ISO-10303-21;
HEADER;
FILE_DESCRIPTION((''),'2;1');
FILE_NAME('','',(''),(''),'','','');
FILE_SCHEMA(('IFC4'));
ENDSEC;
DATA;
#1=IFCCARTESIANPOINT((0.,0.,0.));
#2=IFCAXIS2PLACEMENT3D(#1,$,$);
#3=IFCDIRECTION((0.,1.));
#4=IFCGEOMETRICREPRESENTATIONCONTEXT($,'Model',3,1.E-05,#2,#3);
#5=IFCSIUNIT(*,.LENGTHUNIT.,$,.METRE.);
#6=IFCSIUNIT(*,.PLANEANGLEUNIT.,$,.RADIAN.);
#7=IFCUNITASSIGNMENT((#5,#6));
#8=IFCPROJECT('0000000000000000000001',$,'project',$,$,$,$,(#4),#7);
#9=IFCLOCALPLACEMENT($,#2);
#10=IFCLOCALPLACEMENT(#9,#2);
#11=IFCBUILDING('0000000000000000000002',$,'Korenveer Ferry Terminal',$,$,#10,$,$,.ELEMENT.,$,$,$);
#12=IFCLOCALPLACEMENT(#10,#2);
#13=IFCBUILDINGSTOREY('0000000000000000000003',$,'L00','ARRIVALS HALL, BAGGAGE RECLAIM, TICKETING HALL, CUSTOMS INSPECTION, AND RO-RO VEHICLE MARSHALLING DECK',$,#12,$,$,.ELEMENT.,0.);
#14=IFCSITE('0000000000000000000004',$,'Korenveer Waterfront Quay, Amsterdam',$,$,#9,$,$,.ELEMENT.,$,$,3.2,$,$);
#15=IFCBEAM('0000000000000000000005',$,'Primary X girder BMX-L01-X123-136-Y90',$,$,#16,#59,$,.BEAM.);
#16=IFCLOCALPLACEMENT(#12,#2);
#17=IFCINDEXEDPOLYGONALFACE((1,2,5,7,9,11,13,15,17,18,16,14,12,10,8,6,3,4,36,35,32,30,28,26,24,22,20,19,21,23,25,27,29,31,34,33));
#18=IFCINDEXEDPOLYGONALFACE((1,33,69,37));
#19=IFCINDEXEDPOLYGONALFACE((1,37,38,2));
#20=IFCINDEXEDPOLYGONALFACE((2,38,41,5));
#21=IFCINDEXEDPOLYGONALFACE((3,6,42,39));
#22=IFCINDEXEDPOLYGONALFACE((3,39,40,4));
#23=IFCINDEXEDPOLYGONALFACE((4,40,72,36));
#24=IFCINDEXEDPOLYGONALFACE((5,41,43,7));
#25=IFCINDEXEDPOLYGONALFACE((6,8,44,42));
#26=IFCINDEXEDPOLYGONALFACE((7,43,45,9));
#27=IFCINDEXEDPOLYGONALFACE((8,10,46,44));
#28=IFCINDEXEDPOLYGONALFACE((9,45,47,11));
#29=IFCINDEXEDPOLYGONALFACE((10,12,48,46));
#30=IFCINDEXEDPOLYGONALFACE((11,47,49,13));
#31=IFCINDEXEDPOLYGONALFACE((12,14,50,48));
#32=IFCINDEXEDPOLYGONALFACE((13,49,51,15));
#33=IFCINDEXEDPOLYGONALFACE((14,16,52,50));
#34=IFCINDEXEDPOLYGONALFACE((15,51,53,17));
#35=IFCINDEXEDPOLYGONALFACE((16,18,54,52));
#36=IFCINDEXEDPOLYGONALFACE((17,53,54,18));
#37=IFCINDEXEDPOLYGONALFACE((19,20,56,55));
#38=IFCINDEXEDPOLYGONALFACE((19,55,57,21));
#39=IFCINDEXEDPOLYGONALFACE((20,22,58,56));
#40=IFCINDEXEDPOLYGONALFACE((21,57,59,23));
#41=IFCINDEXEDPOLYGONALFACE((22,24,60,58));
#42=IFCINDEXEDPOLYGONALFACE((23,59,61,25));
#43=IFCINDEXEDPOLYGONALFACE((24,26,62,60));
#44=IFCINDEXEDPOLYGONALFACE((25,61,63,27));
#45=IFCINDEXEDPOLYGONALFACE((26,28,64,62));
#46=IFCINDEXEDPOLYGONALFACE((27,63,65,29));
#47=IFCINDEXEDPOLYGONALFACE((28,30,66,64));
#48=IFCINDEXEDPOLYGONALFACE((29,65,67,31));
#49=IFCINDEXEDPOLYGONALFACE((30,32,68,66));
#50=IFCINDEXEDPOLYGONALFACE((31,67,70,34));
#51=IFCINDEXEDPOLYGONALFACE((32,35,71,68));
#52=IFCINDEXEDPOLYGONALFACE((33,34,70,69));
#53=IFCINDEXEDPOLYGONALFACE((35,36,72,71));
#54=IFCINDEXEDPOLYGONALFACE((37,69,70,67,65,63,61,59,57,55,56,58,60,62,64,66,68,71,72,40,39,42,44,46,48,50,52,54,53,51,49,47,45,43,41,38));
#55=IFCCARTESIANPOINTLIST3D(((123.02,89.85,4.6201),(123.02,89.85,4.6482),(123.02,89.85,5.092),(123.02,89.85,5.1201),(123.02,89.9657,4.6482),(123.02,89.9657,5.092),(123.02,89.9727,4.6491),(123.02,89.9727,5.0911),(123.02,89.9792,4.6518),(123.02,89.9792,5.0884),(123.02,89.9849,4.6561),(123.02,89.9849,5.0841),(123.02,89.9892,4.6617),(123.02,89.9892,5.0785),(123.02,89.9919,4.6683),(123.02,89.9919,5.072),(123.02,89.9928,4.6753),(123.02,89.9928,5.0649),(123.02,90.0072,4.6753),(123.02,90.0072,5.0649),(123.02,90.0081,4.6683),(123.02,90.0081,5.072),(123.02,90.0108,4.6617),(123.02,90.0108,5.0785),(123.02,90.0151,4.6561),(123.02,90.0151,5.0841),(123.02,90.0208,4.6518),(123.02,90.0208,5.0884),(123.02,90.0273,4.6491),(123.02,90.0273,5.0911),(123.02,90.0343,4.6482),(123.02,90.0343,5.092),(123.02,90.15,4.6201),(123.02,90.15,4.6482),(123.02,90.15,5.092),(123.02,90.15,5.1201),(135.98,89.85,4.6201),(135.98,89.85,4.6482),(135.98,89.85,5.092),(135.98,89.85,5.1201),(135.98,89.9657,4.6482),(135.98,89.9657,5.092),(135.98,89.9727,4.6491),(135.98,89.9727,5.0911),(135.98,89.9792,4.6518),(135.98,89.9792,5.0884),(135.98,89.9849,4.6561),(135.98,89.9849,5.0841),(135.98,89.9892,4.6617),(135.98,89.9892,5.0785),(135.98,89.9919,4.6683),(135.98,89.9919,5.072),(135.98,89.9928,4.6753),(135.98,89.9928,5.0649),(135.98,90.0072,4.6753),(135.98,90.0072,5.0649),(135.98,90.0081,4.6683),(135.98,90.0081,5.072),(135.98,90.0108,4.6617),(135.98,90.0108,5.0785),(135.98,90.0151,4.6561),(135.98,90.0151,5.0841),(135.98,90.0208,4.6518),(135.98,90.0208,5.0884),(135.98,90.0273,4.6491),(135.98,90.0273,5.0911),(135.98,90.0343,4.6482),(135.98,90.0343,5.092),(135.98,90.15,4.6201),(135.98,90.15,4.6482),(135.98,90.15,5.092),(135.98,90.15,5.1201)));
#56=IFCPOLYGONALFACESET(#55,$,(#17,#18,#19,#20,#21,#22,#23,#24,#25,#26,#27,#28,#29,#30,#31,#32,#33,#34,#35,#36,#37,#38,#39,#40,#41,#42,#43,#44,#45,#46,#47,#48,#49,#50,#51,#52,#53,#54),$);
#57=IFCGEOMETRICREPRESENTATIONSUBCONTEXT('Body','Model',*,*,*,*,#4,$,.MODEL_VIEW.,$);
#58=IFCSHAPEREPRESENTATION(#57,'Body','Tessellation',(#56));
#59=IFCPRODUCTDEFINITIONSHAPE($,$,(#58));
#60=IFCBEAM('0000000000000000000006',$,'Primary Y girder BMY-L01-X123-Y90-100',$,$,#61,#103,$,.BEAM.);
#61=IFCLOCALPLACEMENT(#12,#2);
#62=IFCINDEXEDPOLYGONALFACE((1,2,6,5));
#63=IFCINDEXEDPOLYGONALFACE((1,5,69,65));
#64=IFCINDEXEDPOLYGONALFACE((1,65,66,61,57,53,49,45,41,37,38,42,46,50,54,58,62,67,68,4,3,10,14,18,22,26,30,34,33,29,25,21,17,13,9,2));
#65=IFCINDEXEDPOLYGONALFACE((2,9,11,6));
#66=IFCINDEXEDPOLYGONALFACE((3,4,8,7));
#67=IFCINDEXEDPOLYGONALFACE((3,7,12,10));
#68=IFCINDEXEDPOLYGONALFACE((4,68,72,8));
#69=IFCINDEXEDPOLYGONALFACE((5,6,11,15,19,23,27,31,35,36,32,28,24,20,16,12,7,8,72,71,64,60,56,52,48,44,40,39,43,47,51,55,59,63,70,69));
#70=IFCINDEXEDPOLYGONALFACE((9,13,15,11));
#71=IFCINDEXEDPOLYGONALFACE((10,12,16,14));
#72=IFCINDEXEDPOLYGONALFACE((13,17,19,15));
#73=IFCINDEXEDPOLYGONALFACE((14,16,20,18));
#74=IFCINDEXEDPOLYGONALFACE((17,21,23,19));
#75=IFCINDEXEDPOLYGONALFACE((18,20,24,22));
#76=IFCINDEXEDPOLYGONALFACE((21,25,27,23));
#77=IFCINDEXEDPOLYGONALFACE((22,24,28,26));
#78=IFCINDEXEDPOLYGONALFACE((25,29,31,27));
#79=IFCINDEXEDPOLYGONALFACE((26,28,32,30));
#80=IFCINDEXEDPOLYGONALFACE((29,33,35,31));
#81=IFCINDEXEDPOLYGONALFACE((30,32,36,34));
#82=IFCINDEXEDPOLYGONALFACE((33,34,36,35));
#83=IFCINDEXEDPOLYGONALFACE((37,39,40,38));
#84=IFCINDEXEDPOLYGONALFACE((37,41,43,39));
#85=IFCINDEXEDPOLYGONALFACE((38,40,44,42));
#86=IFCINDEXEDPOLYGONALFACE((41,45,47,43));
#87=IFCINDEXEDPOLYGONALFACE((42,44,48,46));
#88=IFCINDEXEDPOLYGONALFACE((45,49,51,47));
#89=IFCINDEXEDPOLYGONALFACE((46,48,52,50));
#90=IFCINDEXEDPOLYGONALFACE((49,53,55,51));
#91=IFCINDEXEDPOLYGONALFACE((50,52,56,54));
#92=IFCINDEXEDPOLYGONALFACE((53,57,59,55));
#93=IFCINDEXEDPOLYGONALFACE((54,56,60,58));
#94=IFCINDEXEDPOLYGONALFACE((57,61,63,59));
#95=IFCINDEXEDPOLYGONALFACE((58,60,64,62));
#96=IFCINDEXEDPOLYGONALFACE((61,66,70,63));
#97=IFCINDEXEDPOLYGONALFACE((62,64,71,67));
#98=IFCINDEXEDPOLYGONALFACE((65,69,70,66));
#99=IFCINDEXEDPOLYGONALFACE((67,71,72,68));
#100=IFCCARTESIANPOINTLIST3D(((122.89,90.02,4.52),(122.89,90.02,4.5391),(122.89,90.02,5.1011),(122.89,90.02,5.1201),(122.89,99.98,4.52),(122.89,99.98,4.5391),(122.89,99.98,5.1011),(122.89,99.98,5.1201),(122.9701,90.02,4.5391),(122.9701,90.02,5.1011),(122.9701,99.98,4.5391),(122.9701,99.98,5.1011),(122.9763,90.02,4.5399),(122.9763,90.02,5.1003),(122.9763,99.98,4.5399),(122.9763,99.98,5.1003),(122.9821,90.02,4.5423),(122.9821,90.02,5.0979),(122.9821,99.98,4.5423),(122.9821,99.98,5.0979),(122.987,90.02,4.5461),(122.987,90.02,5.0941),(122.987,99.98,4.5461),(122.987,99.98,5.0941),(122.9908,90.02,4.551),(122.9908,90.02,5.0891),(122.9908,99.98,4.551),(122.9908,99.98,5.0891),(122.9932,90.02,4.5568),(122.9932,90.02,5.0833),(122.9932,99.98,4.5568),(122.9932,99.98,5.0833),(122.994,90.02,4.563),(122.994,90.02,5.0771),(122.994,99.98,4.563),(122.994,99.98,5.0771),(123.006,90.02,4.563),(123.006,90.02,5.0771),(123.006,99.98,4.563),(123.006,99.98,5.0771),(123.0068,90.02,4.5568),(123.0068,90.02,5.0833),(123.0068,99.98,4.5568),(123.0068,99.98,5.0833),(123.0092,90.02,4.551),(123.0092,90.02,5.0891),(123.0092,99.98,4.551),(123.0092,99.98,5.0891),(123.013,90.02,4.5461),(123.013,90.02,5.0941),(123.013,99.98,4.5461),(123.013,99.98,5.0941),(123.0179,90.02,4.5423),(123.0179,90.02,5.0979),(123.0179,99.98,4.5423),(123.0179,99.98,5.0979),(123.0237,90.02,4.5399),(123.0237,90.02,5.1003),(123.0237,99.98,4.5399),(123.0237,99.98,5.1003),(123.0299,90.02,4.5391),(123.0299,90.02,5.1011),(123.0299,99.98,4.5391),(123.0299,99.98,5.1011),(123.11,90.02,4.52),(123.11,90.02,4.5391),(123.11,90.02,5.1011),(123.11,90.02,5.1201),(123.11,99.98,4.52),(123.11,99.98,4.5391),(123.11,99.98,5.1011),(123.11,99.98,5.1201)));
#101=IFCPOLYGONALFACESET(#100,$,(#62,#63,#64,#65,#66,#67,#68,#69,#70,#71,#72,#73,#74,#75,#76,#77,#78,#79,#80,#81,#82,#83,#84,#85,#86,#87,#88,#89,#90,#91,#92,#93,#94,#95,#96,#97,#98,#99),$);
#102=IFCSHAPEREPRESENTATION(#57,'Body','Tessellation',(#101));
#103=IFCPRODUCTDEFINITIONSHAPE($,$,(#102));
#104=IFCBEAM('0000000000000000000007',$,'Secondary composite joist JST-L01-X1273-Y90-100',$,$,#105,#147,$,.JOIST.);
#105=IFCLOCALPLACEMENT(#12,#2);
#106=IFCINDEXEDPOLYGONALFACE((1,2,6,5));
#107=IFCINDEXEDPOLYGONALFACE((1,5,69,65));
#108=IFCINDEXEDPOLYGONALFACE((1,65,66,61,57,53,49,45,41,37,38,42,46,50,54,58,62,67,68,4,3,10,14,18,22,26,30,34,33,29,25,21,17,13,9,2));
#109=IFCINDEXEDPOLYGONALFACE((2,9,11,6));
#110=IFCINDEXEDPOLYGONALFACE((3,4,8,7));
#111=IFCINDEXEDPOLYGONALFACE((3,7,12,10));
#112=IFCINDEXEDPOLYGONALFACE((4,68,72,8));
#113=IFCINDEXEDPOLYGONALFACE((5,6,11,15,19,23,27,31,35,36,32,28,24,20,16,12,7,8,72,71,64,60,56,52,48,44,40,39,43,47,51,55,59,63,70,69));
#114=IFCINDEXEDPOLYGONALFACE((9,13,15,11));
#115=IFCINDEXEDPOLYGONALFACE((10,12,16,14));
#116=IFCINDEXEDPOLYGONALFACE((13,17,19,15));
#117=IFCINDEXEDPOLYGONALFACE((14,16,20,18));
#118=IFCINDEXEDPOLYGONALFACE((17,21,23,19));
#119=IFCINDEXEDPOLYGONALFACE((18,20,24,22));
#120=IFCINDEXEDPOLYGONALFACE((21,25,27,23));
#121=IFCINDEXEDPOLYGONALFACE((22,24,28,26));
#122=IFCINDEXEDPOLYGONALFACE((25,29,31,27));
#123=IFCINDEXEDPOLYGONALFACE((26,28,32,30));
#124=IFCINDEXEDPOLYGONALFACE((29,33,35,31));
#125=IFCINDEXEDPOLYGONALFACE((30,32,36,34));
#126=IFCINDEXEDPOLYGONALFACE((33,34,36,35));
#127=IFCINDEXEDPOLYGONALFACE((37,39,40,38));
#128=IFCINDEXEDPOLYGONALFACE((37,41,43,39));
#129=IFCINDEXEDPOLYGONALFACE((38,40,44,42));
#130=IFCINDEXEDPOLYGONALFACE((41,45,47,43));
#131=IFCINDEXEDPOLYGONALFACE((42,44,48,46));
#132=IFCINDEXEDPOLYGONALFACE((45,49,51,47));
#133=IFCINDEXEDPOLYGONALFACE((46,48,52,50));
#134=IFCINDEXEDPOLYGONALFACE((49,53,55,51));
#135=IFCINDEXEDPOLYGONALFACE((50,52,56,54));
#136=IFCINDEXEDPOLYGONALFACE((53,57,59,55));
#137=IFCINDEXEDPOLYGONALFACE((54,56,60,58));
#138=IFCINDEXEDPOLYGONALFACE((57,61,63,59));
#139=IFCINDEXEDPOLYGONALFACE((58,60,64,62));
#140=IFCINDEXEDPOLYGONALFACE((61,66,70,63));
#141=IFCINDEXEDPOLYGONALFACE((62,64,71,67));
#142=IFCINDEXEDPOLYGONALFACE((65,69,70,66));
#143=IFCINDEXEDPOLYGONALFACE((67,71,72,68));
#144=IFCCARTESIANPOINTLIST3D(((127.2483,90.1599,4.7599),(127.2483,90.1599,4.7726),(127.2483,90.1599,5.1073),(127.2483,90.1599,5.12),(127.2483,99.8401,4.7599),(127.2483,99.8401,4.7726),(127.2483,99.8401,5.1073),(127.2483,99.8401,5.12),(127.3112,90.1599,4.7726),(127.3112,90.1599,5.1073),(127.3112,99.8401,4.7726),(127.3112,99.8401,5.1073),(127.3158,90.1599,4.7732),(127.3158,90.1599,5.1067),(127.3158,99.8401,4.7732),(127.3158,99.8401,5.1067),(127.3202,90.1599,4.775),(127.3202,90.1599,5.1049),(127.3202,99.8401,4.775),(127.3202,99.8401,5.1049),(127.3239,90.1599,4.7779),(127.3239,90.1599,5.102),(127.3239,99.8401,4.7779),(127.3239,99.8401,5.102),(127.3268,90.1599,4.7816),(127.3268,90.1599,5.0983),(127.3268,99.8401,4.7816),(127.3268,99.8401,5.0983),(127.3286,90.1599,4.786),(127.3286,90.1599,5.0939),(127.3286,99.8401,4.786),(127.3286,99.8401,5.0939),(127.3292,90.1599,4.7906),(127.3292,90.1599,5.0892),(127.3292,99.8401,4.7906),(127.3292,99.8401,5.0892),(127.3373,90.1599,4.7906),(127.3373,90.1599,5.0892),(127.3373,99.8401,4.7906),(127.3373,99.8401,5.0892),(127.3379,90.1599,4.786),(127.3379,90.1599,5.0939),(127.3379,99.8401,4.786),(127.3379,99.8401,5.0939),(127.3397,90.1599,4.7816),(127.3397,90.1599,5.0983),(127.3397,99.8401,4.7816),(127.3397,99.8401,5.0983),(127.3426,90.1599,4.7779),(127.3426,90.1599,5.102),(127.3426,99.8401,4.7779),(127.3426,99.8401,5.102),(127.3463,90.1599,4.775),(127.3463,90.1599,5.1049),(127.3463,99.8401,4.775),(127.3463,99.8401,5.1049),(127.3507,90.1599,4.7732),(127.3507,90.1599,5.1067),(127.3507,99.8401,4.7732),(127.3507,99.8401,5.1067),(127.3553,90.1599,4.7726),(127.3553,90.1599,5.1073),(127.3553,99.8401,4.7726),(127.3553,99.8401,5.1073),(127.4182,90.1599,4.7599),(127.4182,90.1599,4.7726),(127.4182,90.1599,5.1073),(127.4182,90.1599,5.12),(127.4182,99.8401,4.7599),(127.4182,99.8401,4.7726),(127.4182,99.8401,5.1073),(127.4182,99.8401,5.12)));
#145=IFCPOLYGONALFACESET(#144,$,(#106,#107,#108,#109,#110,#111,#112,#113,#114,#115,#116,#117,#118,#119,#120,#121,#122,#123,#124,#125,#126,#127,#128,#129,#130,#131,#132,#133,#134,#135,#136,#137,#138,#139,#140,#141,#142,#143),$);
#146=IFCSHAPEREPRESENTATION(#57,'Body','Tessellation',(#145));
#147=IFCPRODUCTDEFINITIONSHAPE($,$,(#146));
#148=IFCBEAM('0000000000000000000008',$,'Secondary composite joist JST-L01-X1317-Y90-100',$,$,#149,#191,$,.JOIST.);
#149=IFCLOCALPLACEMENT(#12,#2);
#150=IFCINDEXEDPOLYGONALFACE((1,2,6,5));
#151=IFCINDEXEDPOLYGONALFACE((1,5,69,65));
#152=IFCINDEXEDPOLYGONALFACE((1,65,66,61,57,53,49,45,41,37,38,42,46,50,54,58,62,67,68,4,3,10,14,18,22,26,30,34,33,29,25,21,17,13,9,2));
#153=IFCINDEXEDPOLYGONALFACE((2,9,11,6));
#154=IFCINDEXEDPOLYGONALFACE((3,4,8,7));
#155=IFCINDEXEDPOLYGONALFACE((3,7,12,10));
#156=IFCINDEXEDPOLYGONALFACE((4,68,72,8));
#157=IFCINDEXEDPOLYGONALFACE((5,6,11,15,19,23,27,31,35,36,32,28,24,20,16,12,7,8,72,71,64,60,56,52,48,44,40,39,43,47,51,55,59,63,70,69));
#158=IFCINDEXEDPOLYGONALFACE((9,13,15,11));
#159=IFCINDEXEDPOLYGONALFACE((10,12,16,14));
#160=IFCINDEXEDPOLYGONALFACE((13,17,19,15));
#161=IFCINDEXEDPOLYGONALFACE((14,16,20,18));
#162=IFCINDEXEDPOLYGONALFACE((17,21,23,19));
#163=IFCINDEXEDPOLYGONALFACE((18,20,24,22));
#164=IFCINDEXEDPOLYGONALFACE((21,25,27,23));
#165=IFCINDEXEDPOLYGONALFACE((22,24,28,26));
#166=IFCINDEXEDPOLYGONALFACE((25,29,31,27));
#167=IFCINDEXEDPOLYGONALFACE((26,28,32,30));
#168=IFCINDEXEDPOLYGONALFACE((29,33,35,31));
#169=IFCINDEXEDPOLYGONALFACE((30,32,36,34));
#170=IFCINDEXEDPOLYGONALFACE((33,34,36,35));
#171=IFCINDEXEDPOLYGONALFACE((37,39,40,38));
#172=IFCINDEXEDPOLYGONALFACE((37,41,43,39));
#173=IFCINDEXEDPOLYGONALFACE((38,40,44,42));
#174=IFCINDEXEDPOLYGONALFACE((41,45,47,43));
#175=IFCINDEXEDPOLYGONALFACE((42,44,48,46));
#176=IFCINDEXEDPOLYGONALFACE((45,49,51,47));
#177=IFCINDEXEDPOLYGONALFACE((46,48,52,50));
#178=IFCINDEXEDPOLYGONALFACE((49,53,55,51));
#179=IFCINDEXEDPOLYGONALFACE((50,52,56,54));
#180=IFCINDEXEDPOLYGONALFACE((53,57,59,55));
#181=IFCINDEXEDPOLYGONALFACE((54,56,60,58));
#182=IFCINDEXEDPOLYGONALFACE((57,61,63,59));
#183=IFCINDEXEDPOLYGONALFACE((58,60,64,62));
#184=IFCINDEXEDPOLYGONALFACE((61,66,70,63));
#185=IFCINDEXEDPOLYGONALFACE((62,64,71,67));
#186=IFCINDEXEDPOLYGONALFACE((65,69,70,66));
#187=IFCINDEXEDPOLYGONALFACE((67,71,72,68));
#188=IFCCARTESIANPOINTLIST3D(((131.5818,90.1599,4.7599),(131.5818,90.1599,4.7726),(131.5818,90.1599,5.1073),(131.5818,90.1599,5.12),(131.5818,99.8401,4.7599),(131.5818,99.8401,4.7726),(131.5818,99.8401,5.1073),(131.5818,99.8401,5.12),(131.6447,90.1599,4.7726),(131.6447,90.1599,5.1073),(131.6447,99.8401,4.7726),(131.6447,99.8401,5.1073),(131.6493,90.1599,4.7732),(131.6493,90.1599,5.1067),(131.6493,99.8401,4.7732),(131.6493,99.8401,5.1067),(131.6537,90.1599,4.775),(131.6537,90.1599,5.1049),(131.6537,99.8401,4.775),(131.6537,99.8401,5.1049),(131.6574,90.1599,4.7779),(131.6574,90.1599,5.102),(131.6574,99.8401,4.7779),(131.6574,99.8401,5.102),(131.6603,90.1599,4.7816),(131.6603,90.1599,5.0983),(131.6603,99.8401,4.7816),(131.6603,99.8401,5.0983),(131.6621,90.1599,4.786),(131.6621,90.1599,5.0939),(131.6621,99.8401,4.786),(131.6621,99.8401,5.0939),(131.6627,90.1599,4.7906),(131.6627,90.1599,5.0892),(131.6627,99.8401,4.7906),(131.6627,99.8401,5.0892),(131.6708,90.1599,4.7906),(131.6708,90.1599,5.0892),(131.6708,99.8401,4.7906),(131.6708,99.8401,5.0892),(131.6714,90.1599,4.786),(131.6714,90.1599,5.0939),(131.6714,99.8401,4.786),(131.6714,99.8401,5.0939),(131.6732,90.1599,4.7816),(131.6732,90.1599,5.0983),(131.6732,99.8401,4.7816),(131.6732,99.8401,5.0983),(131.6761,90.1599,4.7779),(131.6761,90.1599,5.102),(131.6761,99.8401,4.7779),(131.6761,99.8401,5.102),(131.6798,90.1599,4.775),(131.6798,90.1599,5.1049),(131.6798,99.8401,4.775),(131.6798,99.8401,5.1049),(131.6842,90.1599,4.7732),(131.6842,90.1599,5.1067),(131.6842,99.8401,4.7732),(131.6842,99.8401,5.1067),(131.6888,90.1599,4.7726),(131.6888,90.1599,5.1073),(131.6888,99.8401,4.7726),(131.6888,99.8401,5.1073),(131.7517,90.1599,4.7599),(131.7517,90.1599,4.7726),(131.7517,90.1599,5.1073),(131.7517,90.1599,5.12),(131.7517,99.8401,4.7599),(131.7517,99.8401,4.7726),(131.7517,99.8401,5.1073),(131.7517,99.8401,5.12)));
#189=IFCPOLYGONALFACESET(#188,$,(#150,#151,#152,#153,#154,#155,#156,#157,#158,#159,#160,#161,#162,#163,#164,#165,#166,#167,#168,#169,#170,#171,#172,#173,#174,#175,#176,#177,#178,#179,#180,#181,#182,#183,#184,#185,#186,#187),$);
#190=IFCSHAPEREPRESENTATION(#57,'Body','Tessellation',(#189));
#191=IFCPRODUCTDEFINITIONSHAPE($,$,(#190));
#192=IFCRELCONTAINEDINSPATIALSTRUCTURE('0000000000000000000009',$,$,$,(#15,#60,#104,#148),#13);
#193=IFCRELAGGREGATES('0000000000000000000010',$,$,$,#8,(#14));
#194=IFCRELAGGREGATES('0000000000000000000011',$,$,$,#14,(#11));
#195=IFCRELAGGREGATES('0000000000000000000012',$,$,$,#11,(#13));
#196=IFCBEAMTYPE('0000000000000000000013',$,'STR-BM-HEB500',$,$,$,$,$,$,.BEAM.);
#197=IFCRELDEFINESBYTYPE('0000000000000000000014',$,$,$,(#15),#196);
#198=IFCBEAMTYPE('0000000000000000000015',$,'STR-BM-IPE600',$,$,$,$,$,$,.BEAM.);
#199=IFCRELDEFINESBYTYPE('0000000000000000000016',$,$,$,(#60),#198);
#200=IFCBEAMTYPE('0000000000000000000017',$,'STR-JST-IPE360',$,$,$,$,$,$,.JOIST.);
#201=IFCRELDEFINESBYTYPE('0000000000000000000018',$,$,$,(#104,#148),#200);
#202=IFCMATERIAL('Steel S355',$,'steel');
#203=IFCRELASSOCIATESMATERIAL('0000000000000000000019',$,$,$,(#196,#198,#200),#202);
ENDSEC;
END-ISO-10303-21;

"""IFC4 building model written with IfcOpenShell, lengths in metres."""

from ifc_helpers import new_model, si_unit, direction, frame, origin, origin_2d, place, context, subcontext, project, spatial, i_section, extrude, material, material_profile, profile_set, type_object, element, save


model = new_model("IFC4")

# Units and contexts
model_context = context("Model", 3, precision=1e-05, world=origin(), true_north=direction((0.0, 1.0)))
body_context = subcontext(model_context, "Body", "Model", "MODEL_VIEW")
ifc_project = project(units=[si_unit("LENGTHUNIT", "METRE"), si_unit("PLANEANGLEUNIT", "RADIAN")], contexts=[model_context])

# Site, building, storey
site_placement = place(None, origin())
site = spatial("IfcSite", under=ifc_project, at=site_placement, Name="Korenveer Waterfront Quay, Amsterdam", CompositionType="ELEMENT", RefElevation=3.2)
building_placement = place(site_placement, origin())
building = spatial("IfcBuilding", under=site, at=building_placement, Name="Korenveer Ferry Terminal", CompositionType="ELEMENT")
storey_placement = place(building_placement, origin())
storey = spatial("IfcBuildingStorey", under=building, at=storey_placement, Name="L00", Description="ARRIVALS HALL, BAGGAGE RECLAIM, TICKETING HALL, CUSTOMS INSPECTION, AND RO-RO VEHICLE MARSHALLING DECK", CompositionType="ELEMENT", Elevation=0.0)

# Shared definitions
ifc_material_1 = material(Name="Steel S355", Category="steel")

# Beams
ifc_material_profile_1 = material_profile(ifc_material_1, i_section(OverallWidth=0.3, OverallDepth=0.5, WebThickness=0.0144, FlangeThickness=0.0281, FilletRadius=0.0271, at=origin_2d()), Name="HEB 500")
ifc_profile_set_1 = profile_set([ifc_material_profile_1], Name="Steel S355")
beam_type_1 = type_object("IfcBeamType", Name="STR-BM-HEB500", PredefinedType="BEAM", material=ifc_profile_set_1)
beam_1_placement = place(storey_placement, frame((123.02, 90.0, 4.8701), z_axis=(1.0, 0.0, 0.0), x_axis=(0.0, 1.0, 0.0)))
element("IfcBeam", 1, at=beam_1_placement, inside=storey, type_object=beam_type_1, Name="Primary X girder BMX-L01-X123-136-Y90", PredefinedType="BEAM", context=body_context, shape_type="SweptSolid", body=[
    extrude(i_section(OverallWidth=0.3, OverallDepth=0.5, WebThickness=0.0144, FlangeThickness=0.0281, FilletRadius=0.0271, at=origin_2d()), origin(), (0.0, 0.0, 1.0), 12.96),
])
ifc_material_profile_2 = material_profile(ifc_material_1, i_section(OverallWidth=0.22, OverallDepth=0.6001, WebThickness=0.012, FlangeThickness=0.019, FilletRadius=0.0239, at=origin_2d()), Name="IPE 600")
ifc_profile_set_2 = profile_set([ifc_material_profile_2], Name="Steel S355")
beam_type_2 = type_object("IfcBeamType", Name="STR-BM-IPE600", PredefinedType="BEAM", material=ifc_profile_set_2)
beam_2_placement = place(storey_placement, frame((123.0, 90.02, 4.8201), z_axis=(0.0, 1.0, 0.0), x_axis=(-1.0, 0.0, 0.0)))
element("IfcBeam", 2, at=beam_2_placement, inside=storey, type_object=beam_type_2, Name="Primary Y girder BMY-L01-X123-Y90-100", PredefinedType="BEAM", context=body_context, shape_type="SweptSolid", body=[
    extrude(i_section(OverallWidth=0.22, OverallDepth=0.6001, WebThickness=0.012, FlangeThickness=0.019, FilletRadius=0.0239, at=origin_2d()), origin(), (0.0, 0.0, 1.0), 9.96),
])
ifc_material_profile_3 = material_profile(ifc_material_1, i_section(OverallWidth=0.1699, OverallDepth=0.3601, WebThickness=0.0081, FlangeThickness=0.0127, FilletRadius=0.0181, at=origin_2d()), Name="IPE 360")
ifc_profile_set_3 = profile_set([ifc_material_profile_3], Name="Steel S355")
beam_type_3 = type_object("IfcBeamType", Name="STR-JST-IPE360", PredefinedType="JOIST", material=ifc_profile_set_3)
for number, where, z_axis, x_axis, name in (
    (3, (127.3333, 90.1599, 4.9399), (0.0, 1.0, 0.0), (-1.0, 0.0, 0.0), "Secondary composite joist JST-L01-X1273-Y90-100"),
    (4, (131.6667, 90.1599, 4.9399), (0.0, 1.0, 0.0), (-1.0, 0.0, 0.0), "Secondary composite joist JST-L01-X1317-Y90-100"),
):
    element("IfcBeam", number, at=place(storey_placement, frame(where, z_axis=z_axis, x_axis=x_axis)), inside=storey, type_object=beam_type_3, Name=name, PredefinedType="JOIST", context=body_context, shape_type="SweptSolid", body=[
        extrude(i_section(OverallWidth=0.1699, OverallDepth=0.3601, WebThickness=0.0081, FlangeThickness=0.0127, FilletRadius=0.0181, at=origin_2d()), origin(), (0.0, 0.0, 1.0), 9.6802),
    ])

save(model, "model.ifc")
